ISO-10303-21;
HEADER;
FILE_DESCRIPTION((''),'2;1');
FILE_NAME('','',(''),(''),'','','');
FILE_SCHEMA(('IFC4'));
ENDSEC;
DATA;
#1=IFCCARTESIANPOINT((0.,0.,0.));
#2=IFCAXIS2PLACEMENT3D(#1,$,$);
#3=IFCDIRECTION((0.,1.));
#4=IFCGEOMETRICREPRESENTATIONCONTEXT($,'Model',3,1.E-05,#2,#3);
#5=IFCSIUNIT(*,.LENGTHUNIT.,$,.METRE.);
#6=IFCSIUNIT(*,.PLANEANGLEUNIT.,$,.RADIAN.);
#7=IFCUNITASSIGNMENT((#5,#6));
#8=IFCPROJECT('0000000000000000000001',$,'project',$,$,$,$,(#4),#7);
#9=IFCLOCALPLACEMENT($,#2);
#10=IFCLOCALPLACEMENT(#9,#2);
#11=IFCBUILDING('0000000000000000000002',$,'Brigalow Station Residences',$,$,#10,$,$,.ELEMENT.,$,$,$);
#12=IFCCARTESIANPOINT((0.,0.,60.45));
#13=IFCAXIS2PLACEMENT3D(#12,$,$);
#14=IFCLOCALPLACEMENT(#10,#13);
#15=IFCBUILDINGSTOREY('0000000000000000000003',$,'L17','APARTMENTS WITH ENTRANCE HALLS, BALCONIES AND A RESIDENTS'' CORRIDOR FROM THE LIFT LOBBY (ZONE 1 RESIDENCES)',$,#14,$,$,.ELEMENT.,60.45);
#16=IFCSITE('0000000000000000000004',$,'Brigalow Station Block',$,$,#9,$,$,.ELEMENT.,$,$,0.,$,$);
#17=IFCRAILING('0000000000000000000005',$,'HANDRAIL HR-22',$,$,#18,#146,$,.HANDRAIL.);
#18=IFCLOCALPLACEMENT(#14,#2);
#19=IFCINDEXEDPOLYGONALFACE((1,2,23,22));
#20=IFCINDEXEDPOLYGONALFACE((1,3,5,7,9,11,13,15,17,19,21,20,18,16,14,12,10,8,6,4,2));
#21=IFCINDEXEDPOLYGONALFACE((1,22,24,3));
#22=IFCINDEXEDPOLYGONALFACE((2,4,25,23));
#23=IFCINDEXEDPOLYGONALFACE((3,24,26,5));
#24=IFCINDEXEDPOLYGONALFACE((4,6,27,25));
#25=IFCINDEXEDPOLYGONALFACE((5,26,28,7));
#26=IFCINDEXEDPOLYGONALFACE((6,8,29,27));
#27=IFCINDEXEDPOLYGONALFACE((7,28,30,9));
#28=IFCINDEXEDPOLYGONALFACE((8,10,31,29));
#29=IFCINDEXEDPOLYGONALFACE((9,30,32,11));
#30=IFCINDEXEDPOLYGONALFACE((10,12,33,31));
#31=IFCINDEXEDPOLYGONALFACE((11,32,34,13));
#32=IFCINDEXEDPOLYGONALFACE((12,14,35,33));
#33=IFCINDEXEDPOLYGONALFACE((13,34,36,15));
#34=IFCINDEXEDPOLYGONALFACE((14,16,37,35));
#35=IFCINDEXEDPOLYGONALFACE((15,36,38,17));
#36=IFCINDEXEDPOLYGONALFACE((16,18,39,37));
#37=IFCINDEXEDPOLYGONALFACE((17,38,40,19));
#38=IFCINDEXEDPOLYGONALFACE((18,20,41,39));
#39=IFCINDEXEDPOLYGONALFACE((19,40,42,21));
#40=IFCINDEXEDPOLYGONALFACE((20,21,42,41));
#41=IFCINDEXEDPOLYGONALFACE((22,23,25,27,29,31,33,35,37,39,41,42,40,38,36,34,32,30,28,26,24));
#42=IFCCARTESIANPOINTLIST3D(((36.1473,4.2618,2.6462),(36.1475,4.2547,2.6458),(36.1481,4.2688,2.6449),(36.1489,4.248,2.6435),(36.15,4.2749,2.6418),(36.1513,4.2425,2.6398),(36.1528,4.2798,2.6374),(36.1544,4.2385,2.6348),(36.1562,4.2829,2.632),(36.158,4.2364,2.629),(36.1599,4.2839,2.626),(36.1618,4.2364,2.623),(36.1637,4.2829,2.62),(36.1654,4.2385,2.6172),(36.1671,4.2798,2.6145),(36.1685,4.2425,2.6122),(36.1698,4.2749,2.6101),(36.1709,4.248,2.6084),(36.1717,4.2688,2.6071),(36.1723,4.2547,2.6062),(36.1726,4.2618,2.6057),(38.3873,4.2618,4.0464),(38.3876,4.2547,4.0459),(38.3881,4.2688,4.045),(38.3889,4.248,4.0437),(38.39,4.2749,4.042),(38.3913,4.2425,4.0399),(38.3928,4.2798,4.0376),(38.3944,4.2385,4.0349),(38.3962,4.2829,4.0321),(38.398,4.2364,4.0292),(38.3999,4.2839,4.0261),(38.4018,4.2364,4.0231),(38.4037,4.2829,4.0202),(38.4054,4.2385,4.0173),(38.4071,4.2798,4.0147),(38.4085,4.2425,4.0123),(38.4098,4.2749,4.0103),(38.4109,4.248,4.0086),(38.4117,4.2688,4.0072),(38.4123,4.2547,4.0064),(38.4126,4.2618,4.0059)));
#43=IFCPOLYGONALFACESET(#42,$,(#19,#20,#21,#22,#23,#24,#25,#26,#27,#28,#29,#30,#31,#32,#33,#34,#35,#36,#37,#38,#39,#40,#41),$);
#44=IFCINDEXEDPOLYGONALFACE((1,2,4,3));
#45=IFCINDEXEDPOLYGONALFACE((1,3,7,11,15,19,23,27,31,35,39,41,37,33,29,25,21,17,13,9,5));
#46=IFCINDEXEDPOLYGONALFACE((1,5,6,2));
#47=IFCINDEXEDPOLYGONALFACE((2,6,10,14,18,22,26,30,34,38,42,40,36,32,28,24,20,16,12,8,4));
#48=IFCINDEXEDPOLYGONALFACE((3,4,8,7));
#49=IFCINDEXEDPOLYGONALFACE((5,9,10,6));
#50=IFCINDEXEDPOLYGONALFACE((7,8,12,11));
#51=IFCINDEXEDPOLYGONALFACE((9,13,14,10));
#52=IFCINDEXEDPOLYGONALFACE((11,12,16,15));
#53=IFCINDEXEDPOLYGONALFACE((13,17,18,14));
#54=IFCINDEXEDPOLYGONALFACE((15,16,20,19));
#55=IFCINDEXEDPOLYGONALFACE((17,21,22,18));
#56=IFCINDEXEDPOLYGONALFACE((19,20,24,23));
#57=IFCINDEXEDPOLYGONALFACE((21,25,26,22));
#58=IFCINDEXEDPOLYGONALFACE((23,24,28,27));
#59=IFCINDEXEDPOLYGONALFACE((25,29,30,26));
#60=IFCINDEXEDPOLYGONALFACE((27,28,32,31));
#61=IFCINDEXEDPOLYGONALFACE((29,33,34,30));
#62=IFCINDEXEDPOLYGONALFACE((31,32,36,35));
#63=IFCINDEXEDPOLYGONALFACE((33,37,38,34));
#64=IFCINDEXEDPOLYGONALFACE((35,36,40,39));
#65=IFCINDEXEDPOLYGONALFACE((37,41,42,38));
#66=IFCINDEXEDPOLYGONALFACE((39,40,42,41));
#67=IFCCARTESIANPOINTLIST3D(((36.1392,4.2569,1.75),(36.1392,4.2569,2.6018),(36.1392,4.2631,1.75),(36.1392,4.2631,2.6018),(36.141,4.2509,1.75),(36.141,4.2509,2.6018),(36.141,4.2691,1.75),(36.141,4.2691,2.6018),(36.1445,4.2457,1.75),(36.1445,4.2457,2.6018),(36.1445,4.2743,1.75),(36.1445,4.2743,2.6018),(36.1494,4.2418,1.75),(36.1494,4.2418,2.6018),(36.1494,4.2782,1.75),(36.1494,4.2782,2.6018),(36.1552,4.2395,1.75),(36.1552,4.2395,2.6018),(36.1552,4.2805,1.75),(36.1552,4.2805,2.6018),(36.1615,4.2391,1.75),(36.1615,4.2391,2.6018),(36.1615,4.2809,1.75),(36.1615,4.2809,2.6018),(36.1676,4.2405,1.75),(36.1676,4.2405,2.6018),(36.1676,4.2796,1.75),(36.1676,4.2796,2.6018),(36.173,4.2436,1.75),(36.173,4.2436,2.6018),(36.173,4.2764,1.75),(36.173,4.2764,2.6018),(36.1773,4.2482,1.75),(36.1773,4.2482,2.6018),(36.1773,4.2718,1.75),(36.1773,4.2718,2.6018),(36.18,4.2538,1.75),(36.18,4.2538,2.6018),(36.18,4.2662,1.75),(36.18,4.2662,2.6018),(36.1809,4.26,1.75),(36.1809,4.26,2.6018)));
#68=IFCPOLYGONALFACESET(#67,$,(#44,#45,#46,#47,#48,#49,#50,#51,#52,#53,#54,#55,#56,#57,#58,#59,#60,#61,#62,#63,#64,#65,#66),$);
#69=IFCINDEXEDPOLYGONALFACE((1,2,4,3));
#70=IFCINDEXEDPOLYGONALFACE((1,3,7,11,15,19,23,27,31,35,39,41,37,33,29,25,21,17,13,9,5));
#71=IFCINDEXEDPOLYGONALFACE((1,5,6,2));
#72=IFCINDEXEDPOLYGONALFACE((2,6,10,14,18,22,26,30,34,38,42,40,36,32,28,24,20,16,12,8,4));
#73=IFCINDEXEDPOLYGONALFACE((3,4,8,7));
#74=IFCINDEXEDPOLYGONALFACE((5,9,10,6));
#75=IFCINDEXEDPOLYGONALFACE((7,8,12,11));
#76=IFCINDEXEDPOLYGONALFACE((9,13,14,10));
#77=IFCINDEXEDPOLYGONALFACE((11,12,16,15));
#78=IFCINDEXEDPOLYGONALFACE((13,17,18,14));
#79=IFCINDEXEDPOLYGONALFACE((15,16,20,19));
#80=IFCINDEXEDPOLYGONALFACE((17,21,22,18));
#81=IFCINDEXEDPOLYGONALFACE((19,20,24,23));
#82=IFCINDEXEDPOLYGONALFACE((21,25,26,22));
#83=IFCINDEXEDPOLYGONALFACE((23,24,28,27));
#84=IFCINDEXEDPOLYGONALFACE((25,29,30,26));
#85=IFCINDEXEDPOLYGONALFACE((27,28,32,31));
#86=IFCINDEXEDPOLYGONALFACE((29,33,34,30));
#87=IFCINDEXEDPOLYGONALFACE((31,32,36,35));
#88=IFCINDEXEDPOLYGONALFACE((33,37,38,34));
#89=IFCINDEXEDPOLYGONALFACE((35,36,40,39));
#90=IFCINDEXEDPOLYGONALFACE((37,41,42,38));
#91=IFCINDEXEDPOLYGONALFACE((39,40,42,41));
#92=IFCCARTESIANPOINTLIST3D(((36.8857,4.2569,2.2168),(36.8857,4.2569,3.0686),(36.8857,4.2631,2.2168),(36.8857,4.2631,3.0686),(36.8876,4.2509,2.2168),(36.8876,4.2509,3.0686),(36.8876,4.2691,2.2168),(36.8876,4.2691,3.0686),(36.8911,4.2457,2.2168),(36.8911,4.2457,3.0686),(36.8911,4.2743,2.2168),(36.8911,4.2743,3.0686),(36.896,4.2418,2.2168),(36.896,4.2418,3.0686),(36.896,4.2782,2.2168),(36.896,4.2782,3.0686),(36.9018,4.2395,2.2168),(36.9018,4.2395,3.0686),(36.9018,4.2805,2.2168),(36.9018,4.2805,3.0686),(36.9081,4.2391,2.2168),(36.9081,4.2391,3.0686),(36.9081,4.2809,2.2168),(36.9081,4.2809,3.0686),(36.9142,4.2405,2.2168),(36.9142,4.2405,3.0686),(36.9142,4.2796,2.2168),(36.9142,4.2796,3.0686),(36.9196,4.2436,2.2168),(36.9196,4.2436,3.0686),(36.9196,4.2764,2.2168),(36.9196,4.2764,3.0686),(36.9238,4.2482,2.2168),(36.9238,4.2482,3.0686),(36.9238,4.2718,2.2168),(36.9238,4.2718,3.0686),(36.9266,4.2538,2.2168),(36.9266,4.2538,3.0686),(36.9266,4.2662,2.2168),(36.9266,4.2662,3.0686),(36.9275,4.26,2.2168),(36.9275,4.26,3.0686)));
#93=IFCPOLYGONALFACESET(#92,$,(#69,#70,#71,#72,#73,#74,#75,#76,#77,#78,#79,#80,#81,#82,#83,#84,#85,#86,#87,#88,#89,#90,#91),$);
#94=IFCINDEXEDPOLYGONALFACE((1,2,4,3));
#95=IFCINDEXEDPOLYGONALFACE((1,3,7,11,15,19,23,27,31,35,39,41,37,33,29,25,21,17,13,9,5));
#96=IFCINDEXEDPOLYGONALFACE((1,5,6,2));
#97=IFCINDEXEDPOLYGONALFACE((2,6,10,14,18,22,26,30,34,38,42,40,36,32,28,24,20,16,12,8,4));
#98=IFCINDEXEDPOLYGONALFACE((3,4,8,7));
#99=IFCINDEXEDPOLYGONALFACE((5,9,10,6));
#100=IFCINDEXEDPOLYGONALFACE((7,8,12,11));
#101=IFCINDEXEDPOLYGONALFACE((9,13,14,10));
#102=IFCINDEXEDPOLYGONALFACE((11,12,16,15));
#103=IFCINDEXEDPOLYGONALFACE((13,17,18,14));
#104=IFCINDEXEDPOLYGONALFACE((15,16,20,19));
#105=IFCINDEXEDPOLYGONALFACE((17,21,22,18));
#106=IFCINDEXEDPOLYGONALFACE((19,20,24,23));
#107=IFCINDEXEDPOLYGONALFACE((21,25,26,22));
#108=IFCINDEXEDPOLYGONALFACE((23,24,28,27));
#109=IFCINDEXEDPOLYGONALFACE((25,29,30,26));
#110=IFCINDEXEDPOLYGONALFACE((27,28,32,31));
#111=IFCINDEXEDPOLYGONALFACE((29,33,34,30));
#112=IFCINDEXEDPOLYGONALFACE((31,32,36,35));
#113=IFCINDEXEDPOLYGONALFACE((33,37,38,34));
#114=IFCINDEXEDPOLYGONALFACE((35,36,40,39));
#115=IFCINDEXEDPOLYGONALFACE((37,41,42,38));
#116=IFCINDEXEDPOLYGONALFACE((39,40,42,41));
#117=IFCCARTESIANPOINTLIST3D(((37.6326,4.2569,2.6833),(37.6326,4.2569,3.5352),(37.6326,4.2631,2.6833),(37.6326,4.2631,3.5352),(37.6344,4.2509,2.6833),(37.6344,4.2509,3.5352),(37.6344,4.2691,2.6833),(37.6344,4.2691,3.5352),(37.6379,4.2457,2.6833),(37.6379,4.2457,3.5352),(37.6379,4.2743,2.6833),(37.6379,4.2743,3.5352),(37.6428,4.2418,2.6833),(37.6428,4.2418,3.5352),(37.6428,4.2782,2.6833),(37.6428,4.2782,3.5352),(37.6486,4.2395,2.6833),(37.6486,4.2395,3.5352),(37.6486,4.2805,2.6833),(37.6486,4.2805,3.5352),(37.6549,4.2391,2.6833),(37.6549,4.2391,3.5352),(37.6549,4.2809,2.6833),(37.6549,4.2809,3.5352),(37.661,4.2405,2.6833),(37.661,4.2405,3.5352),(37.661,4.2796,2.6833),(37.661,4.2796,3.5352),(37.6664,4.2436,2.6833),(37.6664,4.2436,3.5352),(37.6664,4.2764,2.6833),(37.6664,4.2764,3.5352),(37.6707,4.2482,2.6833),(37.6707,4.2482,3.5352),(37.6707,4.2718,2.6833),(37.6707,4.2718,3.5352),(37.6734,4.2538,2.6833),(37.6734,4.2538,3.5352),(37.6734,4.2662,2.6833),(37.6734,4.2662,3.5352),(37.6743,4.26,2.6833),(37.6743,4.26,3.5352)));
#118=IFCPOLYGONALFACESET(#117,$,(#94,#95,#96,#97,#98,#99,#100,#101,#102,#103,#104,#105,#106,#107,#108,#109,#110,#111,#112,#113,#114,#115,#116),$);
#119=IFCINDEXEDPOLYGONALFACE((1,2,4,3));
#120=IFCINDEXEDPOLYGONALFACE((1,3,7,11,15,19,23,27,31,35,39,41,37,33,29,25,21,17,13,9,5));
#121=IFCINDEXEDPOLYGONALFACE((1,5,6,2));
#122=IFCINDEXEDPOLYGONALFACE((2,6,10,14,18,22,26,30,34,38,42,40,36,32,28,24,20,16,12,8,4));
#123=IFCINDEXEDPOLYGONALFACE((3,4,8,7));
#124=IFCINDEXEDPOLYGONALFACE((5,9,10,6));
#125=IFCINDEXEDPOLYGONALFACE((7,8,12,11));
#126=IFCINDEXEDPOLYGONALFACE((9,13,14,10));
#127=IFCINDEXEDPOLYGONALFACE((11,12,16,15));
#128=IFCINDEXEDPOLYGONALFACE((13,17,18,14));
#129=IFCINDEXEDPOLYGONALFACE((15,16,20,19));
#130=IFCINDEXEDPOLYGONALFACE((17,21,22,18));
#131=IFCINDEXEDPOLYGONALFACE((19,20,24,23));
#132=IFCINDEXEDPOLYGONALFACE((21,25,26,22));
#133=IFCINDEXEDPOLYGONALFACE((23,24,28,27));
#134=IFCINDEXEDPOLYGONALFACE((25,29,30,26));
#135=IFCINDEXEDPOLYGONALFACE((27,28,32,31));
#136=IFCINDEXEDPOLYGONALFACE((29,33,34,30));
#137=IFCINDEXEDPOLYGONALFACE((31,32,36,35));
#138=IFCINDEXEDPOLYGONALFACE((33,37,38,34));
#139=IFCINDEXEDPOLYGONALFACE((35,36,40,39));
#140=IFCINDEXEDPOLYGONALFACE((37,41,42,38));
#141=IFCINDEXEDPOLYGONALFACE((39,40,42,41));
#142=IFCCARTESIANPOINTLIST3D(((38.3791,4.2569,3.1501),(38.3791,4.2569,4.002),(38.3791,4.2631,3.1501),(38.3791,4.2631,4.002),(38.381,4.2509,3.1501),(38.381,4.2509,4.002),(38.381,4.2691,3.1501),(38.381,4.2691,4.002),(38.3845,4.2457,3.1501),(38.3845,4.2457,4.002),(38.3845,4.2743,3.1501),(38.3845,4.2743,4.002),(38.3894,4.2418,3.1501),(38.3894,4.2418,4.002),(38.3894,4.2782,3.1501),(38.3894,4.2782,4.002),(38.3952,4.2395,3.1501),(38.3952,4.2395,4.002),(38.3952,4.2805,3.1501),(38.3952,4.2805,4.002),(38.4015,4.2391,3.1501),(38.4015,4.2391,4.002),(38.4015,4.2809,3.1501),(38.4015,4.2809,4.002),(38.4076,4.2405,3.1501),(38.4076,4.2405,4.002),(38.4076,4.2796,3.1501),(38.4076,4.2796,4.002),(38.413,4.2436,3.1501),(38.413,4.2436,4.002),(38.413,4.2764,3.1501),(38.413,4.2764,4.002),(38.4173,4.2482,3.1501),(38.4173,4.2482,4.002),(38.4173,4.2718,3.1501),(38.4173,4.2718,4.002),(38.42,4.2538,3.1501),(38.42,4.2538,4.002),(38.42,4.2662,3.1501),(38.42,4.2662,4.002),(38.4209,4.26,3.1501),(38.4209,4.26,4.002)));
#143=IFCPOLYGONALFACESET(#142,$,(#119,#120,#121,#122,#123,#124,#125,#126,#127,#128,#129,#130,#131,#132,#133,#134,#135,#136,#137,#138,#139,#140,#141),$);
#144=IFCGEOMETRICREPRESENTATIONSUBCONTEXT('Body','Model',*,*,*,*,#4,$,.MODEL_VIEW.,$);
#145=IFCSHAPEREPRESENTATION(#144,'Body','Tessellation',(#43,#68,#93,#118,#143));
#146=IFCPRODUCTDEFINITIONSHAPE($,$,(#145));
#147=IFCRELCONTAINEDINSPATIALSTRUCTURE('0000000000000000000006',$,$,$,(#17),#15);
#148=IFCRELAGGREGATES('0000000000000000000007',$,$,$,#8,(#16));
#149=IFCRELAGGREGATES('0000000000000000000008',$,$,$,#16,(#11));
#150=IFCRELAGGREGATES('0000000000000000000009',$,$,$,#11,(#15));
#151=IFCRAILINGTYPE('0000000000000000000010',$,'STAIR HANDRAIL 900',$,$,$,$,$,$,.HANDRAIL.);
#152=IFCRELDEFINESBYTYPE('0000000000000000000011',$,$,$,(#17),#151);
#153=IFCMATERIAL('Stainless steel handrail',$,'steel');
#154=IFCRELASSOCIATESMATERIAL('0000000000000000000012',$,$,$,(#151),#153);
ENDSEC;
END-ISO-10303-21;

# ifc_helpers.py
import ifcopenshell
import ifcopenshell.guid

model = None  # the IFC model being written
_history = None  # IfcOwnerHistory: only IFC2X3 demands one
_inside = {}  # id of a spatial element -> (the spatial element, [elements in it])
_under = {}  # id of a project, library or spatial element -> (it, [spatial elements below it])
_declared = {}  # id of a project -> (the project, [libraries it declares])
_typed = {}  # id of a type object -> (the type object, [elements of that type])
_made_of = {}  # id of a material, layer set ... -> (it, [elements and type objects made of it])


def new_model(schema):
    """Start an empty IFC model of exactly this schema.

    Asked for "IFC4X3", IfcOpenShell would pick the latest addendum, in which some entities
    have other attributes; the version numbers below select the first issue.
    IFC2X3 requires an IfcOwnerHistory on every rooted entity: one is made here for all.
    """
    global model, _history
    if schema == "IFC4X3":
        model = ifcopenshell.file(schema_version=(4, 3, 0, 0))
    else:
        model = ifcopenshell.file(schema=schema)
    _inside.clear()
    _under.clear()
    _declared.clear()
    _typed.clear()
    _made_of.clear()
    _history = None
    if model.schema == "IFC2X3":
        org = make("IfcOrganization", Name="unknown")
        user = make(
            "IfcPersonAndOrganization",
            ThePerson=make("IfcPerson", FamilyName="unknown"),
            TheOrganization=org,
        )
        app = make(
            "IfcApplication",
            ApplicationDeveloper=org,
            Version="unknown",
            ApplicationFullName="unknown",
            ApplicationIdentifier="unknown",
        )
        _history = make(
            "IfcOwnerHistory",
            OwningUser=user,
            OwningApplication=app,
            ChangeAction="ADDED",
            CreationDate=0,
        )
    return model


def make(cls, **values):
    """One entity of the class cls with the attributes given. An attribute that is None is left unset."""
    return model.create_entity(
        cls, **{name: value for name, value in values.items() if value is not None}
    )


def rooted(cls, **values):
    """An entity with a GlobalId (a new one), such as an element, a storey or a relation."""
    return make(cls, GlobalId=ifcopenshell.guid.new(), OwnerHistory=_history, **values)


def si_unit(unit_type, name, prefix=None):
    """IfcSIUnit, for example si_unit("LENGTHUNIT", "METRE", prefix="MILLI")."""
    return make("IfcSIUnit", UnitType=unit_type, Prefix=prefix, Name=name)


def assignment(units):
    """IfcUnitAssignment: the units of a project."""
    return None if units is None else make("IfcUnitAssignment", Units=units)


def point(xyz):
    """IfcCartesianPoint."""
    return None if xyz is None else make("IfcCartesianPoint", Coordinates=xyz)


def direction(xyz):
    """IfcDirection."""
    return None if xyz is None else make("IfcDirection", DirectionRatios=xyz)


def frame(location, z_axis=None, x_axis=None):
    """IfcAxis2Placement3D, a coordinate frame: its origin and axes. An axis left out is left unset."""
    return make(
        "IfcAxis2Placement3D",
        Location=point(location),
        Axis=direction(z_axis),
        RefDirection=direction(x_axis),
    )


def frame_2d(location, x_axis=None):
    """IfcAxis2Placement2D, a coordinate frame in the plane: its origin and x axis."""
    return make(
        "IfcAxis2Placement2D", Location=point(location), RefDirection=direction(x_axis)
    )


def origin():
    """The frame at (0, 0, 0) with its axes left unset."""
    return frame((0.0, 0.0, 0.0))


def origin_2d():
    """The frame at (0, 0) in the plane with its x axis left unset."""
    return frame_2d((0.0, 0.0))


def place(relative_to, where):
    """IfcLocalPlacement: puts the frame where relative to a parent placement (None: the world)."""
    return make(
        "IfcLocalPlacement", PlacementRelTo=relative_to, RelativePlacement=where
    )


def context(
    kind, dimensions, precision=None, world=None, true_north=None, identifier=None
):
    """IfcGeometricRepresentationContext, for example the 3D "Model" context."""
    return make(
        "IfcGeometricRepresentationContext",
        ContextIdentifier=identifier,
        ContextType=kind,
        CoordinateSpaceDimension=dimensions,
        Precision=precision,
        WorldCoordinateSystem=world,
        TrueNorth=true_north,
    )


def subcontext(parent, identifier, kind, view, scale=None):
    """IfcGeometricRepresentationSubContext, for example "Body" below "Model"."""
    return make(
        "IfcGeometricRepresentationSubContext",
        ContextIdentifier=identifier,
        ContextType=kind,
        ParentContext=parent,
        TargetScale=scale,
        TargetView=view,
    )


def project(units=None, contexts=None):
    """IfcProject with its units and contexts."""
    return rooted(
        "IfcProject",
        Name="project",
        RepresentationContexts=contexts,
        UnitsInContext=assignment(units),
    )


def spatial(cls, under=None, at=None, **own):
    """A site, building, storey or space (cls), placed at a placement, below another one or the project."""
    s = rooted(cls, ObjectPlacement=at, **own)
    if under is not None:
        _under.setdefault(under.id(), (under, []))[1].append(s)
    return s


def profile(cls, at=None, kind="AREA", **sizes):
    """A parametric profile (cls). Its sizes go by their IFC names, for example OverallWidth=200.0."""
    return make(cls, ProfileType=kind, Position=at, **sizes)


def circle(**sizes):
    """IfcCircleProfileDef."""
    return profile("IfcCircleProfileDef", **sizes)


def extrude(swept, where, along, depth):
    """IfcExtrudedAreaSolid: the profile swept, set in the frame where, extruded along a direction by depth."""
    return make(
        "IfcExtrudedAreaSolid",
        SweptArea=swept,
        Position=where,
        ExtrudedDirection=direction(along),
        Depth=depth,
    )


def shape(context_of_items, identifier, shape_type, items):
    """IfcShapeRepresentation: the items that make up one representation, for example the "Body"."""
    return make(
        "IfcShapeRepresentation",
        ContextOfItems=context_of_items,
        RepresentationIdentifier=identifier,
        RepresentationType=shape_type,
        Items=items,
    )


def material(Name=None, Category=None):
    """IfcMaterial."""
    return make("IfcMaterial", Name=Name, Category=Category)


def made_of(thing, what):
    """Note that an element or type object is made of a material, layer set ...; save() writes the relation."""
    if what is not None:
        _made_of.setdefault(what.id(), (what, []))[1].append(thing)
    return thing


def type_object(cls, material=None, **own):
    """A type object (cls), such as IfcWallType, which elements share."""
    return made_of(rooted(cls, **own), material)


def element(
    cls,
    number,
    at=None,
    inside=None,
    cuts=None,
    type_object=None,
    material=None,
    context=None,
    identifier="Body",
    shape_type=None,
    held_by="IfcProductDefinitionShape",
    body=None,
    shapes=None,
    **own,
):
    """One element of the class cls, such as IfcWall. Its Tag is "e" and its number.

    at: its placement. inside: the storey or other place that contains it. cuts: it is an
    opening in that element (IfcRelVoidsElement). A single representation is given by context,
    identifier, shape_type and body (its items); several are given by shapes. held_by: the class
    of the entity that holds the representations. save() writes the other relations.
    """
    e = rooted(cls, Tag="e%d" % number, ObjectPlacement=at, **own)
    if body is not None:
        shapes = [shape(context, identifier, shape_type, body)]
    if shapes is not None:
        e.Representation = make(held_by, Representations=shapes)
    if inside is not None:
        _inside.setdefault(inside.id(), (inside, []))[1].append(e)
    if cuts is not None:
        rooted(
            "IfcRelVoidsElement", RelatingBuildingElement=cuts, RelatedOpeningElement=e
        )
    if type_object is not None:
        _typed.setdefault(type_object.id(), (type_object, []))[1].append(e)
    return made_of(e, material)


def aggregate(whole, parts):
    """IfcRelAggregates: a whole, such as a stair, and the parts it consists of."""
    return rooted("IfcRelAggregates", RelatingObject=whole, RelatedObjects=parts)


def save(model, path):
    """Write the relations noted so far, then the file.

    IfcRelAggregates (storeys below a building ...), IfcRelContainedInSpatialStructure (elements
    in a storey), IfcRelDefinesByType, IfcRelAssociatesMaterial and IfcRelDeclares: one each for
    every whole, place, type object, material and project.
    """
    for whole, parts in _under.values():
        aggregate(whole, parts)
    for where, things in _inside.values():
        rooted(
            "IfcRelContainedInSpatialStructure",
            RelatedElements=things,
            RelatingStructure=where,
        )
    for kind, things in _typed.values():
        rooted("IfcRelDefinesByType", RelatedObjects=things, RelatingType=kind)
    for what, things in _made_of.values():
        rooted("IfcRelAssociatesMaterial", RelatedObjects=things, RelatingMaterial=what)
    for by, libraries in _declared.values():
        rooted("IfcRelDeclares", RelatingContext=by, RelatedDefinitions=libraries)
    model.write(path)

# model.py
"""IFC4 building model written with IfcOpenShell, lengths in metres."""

from ifc_helpers import new_model, si_unit, direction, frame, origin, origin_2d, place, context, subcontext, project, spatial, circle, extrude, material, type_object, element, save


model = new_model("IFC4")

# Units and contexts
model_context = context("Model", 3, precision=1e-05, world=origin(), true_north=direction((0.0, 1.0)))
body_context = subcontext(model_context, "Body", "Model", "MODEL_VIEW")
ifc_project = project(units=[si_unit("LENGTHUNIT", "METRE"), si_unit("PLANEANGLEUNIT", "RADIAN")], contexts=[model_context])

# Site, building, storey
site_placement = place(None, origin())
site = spatial("IfcSite", under=ifc_project, at=site_placement, Name="Brigalow Station Block", CompositionType="ELEMENT", RefElevation=0.0)
building_placement = place(site_placement, origin())
building = spatial("IfcBuilding", under=site, at=building_placement, Name="Brigalow Station Residences", CompositionType="ELEMENT")
storey_placement = place(building_placement, frame((0.0, 0.0, 60.45)))
storey = spatial("IfcBuildingStorey", under=building, at=storey_placement, Name="L17", Description="APARTMENTS WITH ENTRANCE HALLS, BALCONIES AND A RESIDENTS' CORRIDOR FROM THE LIFT LOBBY (ZONE 1 RESIDENCES)", CompositionType="ELEMENT", Elevation=60.45)

# Railing
ifc_material_1 = material(Name="Stainless steel handrail", Category="steel")
railing_type_1 = type_object("IfcRailingType", Name="STAIR HANDRAIL 900", PredefinedType="HANDRAIL", material=ifc_material_1)
railing_1_placement = place(storey_placement, frame((36.1599, 4.26, 1.75)))
element("IfcRailing", 1, at=railing_1_placement, inside=storey, type_object=railing_type_1, Name="HANDRAIL HR-22", PredefinedType="HANDRAIL", context=body_context, shape_type="SweptSolid", body=[
    extrude(circle(Radius=0.0239, at=origin_2d()), frame((0.0, 0.0, 0.876), z_axis=(0.847972, 0.0, 0.53004), x_axis=(0.0, 1.0, 0.0)), (0.0, 0.0, 1.0), 2.6416),
    extrude(circle(Radius=0.021, at=origin_2d()), origin(), (0.0, 0.0, 1.0), 0.8518),
    extrude(circle(Radius=0.021, at=origin_2d()), frame((0.7466, 0.0, 0.4668)), (0.0, 0.0, 1.0), 0.8518),
    extrude(circle(Radius=0.021, at=origin_2d()), frame((1.4934, 0.0, 0.9333)), (0.0, 0.0, 1.0), 0.8518),
    extrude(circle(Radius=0.021, at=origin_2d()), frame((2.24, 0.0, 1.4001)), (0.0, 0.0, 1.0), 0.8518),
])

save(model, "model.ifc")
